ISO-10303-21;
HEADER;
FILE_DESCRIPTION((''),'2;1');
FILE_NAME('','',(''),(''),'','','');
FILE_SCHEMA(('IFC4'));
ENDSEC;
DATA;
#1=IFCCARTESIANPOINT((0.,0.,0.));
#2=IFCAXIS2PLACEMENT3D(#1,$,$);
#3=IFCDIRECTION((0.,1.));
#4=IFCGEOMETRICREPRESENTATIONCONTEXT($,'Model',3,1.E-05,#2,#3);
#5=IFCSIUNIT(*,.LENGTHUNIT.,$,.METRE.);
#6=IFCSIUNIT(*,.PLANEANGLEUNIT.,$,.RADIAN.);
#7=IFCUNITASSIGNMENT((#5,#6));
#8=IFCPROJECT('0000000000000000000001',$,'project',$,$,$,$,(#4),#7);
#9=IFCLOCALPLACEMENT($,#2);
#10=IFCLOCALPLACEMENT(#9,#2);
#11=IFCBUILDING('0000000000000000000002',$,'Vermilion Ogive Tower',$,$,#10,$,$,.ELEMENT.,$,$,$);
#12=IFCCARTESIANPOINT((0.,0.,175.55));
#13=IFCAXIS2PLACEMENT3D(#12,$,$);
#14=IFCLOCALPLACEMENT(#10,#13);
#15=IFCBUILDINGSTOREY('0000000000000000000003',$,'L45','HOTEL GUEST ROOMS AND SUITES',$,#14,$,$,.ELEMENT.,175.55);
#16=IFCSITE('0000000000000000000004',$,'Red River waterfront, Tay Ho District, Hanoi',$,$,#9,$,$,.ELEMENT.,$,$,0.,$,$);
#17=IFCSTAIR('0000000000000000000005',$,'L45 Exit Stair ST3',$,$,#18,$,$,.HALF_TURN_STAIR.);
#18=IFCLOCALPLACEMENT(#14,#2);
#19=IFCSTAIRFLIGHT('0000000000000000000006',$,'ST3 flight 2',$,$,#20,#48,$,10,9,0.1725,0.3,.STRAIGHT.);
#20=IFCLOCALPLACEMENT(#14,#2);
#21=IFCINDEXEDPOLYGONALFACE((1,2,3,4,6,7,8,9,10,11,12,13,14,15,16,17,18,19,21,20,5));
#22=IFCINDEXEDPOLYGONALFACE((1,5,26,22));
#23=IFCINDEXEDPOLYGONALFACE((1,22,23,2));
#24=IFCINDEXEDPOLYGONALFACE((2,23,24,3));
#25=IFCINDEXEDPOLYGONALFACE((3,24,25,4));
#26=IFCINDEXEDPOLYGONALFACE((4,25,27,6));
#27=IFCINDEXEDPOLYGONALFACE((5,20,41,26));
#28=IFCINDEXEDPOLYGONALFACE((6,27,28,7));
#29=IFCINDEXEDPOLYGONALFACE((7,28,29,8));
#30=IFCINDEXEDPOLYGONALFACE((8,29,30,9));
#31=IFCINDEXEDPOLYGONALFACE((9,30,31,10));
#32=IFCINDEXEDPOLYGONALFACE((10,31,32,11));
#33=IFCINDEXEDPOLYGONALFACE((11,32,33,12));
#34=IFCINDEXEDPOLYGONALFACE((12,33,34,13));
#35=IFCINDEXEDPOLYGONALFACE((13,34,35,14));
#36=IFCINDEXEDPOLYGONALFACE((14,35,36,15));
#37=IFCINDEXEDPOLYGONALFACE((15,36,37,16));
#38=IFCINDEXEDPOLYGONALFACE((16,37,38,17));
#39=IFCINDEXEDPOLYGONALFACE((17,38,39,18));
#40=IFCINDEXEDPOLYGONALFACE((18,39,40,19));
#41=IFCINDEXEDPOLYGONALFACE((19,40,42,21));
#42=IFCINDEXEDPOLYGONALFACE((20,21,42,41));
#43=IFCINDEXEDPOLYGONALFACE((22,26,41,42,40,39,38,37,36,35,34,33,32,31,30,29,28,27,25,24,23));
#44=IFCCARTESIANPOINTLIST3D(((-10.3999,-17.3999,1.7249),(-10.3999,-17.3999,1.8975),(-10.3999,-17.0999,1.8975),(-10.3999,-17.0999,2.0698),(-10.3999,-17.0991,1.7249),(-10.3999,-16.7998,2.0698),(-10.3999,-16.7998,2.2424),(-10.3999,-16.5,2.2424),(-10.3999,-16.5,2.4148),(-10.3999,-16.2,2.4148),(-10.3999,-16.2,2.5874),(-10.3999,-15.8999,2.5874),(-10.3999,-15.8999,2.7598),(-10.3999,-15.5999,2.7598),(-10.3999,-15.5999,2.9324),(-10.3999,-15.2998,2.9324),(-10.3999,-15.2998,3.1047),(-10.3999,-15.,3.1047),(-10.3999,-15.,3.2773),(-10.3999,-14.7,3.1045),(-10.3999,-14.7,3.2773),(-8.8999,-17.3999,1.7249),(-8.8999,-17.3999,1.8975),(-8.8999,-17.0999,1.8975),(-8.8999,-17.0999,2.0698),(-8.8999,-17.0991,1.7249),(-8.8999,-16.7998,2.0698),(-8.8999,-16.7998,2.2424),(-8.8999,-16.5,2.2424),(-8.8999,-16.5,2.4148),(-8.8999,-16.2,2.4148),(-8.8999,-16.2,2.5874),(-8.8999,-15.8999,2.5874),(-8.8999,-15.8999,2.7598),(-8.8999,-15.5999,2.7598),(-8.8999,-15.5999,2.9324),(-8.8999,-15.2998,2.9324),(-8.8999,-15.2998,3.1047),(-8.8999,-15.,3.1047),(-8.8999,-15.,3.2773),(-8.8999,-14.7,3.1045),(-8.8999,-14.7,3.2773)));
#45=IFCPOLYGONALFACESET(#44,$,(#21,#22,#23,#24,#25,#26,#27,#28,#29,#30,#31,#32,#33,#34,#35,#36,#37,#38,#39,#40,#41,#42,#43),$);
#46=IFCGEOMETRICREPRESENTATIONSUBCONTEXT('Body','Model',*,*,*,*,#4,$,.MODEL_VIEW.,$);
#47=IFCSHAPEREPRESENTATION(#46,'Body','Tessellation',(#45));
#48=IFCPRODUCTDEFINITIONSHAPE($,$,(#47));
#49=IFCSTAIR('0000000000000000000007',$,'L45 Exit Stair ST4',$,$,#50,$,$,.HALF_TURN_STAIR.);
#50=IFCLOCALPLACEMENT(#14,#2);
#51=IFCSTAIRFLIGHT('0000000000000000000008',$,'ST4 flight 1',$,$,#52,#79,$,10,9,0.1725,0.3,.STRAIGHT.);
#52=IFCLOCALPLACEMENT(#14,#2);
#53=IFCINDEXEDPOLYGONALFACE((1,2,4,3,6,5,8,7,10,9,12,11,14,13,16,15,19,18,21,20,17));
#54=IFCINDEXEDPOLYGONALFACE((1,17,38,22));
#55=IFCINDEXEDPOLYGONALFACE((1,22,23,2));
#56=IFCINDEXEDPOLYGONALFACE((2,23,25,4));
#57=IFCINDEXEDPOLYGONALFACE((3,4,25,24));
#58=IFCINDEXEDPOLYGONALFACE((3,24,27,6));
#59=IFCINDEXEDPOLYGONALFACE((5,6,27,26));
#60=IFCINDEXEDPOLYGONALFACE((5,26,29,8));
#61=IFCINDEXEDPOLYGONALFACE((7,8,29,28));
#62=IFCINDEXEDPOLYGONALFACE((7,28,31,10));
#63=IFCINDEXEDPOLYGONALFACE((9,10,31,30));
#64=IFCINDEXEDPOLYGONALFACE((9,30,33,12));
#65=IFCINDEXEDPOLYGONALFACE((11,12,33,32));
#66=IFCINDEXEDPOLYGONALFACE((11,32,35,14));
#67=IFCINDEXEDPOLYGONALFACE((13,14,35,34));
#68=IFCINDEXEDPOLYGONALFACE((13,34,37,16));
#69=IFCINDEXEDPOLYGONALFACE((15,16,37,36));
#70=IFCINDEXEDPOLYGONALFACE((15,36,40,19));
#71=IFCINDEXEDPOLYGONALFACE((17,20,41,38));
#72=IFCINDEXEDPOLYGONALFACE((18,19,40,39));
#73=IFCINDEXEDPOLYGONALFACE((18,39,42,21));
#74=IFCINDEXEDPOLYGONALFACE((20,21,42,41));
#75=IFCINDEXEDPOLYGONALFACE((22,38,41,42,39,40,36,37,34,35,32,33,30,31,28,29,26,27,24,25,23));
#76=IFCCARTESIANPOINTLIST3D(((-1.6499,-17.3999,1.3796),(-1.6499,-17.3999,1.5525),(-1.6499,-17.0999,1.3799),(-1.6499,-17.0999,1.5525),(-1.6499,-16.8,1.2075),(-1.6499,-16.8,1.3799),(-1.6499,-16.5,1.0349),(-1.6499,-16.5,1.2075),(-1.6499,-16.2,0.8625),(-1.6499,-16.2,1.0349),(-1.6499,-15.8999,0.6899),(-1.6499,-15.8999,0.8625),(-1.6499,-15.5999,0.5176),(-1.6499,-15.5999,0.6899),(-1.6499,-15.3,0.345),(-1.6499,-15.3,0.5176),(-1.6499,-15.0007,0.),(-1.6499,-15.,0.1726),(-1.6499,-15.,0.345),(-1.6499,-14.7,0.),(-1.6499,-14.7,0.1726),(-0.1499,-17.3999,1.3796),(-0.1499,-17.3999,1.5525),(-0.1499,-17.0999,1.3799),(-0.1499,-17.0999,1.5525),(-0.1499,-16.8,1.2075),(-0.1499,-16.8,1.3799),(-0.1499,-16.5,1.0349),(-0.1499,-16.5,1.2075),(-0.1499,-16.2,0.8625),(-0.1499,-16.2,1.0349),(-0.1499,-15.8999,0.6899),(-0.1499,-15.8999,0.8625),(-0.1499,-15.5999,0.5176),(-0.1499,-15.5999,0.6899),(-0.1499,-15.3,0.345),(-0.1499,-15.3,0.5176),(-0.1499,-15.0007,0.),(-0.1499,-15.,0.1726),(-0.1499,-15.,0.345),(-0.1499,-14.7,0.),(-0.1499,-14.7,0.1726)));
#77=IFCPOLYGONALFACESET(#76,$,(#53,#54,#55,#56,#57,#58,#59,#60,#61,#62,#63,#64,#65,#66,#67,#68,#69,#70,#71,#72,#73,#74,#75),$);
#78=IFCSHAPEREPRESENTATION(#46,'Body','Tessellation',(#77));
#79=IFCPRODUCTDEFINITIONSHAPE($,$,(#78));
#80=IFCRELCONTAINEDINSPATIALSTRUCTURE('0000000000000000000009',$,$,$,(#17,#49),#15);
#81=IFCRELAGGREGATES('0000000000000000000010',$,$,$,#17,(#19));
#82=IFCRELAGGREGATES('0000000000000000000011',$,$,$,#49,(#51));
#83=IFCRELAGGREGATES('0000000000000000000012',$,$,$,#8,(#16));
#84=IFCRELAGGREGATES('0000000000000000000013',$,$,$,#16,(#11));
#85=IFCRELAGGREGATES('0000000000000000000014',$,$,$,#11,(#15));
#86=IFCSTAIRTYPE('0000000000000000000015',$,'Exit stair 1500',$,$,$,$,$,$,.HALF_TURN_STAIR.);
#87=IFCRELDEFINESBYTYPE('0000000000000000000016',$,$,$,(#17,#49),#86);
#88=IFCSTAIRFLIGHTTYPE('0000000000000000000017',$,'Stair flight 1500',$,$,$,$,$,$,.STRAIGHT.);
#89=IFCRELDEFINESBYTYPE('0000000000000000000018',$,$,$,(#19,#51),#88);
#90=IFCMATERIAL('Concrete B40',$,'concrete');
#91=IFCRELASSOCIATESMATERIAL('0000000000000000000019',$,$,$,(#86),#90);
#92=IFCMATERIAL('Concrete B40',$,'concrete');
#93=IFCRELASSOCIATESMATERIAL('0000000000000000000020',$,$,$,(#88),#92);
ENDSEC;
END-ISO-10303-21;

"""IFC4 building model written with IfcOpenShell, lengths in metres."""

from ifc_helpers import new_model, si_unit, direction, frame, origin, place, context, subcontext, project, spatial, polyline, outline, extrude, material, type_object, element, aggregate, save


model = new_model("IFC4")

# Units and contexts
model_context = context("Model", 3, precision=1e-05, world=origin(), true_north=direction((0.0, 1.0)))
body_context = subcontext(model_context, "Body", "Model", "MODEL_VIEW")
ifc_project = project(units=[si_unit("LENGTHUNIT", "METRE"), si_unit("PLANEANGLEUNIT", "RADIAN")], contexts=[model_context])

# Site, building, storey
site_placement = place(None, origin())
site = spatial("IfcSite", under=ifc_project, at=site_placement, Name="Red River waterfront, Tay Ho District, Hanoi", CompositionType="ELEMENT", RefElevation=0.0)
building_placement = place(site_placement, origin())
building = spatial("IfcBuilding", under=site, at=building_placement, Name="Vermilion Ogive Tower", CompositionType="ELEMENT")
storey_placement = place(building_placement, frame((0.0, 0.0, 175.55)))
storey = spatial("IfcBuildingStorey", under=building, at=storey_placement, Name="L45", Description="HOTEL GUEST ROOMS AND SUITES", CompositionType="ELEMENT", Elevation=175.55)

# Stair, stair flight
ifc_material_1 = material(Name="Concrete B40", Category="concrete")
stair_type = type_object("IfcStairType", Name="Exit stair 1500", PredefinedType="HALF_TURN_STAIR", material=ifc_material_1)
stair_1_placement = place(storey_placement, origin())
stair_1 = element("IfcStair", 1, at=stair_1_placement, inside=storey, type_object=stair_type, Name="L45 Exit Stair ST3", PredefinedType="HALF_TURN_STAIR")
ifc_material_2 = material(Name="Concrete B40", Category="concrete")
stair_flight_type = type_object("IfcStairFlightType", Name="Stair flight 1500", PredefinedType="STRAIGHT", material=ifc_material_2)
stair_flight_1_placement = place(storey_placement, frame((-9.6499, -17.3999, 1.7249), z_axis=(0.0, 0.0, 1.0), x_axis=(0.0, 1.0, 0.0)))
stair_flight_1 = element("IfcStairFlight", 2, at=stair_flight_1_placement, type_object=stair_flight_type, Name="ST3 flight 2", NumberOfRisers=10, NumberOfTreads=9, PredefinedType="STRAIGHT", RiserHeight=0.1725, TreadLength=0.3, context=body_context, shape_type="SweptSolid", body=[
    extrude(outline(polyline([(0.0, 0.0), (0.0, 0.1726), (0.3, 0.1726), (0.3, 0.345), (0.6001, 0.345), (0.6001, 0.5176), (0.8999, 0.5176), (0.8999, 0.6899), (1.2, 0.6899), (1.2, 0.8625), (1.5, 0.8625), (1.5, 1.0349), (1.8, 1.0349), (1.8, 1.2075), (2.1001, 1.2075), (2.1001, 1.3799), (2.3999, 1.3799), (2.3999, 1.5525), (2.7, 1.5525), (2.7, 1.7251), (2.7, 1.3796), (0.3008, 0.0), (0.0, 0.0)])), frame((0.0, 0.75, 0.0), z_axis=(0.0, -1.0, 0.0), x_axis=(1.0, 0.0, 0.0)), (0.0, 0.0, 1.0), 1.5),
])
aggregate(stair_1, [stair_flight_1])

# Stair, stair flight
stair_2_placement = place(storey_placement, origin())
stair_2 = element("IfcStair", 3, at=stair_2_placement, inside=storey, type_object=stair_type, Name="L45 Exit Stair ST4", PredefinedType="HALF_TURN_STAIR")
stair_flight_2_placement = place(storey_placement, frame((-0.8999, -14.7, 0.0), z_axis=(0.0, 0.0, 1.0), x_axis=(0.0, -1.0, 0.0)))
stair_flight_2 = element("IfcStairFlight", 4, at=stair_flight_2_placement, type_object=stair_flight_type, Name="ST4 flight 1", NumberOfRisers=10, NumberOfTreads=9, PredefinedType="STRAIGHT", RiserHeight=0.1725, TreadLength=0.3, context=body_context, shape_type="SweptSolid", body=[
    extrude(outline(polyline([(0.0, 0.0), (0.0, 0.1726), (0.3, 0.1726), (0.3, 0.345), (0.6001, 0.345), (0.6001, 0.5176), (0.8999, 0.5176), (0.8999, 0.6899), (1.2, 0.6899), (1.2, 0.8625), (1.5, 0.8625), (1.5, 1.0349), (1.8, 1.0349), (1.8, 1.2075), (2.1001, 1.2075), (2.1001, 1.3799), (2.3999, 1.3799), (2.3999, 1.5525), (2.7, 1.5525), (2.7, 1.7251), (2.7, 1.3796), (0.3008, 0.0), (0.0, 0.0)])), frame((0.0, 0.75, 0.0), z_axis=(0.0, -1.0, 0.0), x_axis=(1.0, 0.0, 0.0)), (0.0, 0.0, 1.0), 1.5),
])
aggregate(stair_2, [stair_flight_2])

save(model, "model.ifc")
